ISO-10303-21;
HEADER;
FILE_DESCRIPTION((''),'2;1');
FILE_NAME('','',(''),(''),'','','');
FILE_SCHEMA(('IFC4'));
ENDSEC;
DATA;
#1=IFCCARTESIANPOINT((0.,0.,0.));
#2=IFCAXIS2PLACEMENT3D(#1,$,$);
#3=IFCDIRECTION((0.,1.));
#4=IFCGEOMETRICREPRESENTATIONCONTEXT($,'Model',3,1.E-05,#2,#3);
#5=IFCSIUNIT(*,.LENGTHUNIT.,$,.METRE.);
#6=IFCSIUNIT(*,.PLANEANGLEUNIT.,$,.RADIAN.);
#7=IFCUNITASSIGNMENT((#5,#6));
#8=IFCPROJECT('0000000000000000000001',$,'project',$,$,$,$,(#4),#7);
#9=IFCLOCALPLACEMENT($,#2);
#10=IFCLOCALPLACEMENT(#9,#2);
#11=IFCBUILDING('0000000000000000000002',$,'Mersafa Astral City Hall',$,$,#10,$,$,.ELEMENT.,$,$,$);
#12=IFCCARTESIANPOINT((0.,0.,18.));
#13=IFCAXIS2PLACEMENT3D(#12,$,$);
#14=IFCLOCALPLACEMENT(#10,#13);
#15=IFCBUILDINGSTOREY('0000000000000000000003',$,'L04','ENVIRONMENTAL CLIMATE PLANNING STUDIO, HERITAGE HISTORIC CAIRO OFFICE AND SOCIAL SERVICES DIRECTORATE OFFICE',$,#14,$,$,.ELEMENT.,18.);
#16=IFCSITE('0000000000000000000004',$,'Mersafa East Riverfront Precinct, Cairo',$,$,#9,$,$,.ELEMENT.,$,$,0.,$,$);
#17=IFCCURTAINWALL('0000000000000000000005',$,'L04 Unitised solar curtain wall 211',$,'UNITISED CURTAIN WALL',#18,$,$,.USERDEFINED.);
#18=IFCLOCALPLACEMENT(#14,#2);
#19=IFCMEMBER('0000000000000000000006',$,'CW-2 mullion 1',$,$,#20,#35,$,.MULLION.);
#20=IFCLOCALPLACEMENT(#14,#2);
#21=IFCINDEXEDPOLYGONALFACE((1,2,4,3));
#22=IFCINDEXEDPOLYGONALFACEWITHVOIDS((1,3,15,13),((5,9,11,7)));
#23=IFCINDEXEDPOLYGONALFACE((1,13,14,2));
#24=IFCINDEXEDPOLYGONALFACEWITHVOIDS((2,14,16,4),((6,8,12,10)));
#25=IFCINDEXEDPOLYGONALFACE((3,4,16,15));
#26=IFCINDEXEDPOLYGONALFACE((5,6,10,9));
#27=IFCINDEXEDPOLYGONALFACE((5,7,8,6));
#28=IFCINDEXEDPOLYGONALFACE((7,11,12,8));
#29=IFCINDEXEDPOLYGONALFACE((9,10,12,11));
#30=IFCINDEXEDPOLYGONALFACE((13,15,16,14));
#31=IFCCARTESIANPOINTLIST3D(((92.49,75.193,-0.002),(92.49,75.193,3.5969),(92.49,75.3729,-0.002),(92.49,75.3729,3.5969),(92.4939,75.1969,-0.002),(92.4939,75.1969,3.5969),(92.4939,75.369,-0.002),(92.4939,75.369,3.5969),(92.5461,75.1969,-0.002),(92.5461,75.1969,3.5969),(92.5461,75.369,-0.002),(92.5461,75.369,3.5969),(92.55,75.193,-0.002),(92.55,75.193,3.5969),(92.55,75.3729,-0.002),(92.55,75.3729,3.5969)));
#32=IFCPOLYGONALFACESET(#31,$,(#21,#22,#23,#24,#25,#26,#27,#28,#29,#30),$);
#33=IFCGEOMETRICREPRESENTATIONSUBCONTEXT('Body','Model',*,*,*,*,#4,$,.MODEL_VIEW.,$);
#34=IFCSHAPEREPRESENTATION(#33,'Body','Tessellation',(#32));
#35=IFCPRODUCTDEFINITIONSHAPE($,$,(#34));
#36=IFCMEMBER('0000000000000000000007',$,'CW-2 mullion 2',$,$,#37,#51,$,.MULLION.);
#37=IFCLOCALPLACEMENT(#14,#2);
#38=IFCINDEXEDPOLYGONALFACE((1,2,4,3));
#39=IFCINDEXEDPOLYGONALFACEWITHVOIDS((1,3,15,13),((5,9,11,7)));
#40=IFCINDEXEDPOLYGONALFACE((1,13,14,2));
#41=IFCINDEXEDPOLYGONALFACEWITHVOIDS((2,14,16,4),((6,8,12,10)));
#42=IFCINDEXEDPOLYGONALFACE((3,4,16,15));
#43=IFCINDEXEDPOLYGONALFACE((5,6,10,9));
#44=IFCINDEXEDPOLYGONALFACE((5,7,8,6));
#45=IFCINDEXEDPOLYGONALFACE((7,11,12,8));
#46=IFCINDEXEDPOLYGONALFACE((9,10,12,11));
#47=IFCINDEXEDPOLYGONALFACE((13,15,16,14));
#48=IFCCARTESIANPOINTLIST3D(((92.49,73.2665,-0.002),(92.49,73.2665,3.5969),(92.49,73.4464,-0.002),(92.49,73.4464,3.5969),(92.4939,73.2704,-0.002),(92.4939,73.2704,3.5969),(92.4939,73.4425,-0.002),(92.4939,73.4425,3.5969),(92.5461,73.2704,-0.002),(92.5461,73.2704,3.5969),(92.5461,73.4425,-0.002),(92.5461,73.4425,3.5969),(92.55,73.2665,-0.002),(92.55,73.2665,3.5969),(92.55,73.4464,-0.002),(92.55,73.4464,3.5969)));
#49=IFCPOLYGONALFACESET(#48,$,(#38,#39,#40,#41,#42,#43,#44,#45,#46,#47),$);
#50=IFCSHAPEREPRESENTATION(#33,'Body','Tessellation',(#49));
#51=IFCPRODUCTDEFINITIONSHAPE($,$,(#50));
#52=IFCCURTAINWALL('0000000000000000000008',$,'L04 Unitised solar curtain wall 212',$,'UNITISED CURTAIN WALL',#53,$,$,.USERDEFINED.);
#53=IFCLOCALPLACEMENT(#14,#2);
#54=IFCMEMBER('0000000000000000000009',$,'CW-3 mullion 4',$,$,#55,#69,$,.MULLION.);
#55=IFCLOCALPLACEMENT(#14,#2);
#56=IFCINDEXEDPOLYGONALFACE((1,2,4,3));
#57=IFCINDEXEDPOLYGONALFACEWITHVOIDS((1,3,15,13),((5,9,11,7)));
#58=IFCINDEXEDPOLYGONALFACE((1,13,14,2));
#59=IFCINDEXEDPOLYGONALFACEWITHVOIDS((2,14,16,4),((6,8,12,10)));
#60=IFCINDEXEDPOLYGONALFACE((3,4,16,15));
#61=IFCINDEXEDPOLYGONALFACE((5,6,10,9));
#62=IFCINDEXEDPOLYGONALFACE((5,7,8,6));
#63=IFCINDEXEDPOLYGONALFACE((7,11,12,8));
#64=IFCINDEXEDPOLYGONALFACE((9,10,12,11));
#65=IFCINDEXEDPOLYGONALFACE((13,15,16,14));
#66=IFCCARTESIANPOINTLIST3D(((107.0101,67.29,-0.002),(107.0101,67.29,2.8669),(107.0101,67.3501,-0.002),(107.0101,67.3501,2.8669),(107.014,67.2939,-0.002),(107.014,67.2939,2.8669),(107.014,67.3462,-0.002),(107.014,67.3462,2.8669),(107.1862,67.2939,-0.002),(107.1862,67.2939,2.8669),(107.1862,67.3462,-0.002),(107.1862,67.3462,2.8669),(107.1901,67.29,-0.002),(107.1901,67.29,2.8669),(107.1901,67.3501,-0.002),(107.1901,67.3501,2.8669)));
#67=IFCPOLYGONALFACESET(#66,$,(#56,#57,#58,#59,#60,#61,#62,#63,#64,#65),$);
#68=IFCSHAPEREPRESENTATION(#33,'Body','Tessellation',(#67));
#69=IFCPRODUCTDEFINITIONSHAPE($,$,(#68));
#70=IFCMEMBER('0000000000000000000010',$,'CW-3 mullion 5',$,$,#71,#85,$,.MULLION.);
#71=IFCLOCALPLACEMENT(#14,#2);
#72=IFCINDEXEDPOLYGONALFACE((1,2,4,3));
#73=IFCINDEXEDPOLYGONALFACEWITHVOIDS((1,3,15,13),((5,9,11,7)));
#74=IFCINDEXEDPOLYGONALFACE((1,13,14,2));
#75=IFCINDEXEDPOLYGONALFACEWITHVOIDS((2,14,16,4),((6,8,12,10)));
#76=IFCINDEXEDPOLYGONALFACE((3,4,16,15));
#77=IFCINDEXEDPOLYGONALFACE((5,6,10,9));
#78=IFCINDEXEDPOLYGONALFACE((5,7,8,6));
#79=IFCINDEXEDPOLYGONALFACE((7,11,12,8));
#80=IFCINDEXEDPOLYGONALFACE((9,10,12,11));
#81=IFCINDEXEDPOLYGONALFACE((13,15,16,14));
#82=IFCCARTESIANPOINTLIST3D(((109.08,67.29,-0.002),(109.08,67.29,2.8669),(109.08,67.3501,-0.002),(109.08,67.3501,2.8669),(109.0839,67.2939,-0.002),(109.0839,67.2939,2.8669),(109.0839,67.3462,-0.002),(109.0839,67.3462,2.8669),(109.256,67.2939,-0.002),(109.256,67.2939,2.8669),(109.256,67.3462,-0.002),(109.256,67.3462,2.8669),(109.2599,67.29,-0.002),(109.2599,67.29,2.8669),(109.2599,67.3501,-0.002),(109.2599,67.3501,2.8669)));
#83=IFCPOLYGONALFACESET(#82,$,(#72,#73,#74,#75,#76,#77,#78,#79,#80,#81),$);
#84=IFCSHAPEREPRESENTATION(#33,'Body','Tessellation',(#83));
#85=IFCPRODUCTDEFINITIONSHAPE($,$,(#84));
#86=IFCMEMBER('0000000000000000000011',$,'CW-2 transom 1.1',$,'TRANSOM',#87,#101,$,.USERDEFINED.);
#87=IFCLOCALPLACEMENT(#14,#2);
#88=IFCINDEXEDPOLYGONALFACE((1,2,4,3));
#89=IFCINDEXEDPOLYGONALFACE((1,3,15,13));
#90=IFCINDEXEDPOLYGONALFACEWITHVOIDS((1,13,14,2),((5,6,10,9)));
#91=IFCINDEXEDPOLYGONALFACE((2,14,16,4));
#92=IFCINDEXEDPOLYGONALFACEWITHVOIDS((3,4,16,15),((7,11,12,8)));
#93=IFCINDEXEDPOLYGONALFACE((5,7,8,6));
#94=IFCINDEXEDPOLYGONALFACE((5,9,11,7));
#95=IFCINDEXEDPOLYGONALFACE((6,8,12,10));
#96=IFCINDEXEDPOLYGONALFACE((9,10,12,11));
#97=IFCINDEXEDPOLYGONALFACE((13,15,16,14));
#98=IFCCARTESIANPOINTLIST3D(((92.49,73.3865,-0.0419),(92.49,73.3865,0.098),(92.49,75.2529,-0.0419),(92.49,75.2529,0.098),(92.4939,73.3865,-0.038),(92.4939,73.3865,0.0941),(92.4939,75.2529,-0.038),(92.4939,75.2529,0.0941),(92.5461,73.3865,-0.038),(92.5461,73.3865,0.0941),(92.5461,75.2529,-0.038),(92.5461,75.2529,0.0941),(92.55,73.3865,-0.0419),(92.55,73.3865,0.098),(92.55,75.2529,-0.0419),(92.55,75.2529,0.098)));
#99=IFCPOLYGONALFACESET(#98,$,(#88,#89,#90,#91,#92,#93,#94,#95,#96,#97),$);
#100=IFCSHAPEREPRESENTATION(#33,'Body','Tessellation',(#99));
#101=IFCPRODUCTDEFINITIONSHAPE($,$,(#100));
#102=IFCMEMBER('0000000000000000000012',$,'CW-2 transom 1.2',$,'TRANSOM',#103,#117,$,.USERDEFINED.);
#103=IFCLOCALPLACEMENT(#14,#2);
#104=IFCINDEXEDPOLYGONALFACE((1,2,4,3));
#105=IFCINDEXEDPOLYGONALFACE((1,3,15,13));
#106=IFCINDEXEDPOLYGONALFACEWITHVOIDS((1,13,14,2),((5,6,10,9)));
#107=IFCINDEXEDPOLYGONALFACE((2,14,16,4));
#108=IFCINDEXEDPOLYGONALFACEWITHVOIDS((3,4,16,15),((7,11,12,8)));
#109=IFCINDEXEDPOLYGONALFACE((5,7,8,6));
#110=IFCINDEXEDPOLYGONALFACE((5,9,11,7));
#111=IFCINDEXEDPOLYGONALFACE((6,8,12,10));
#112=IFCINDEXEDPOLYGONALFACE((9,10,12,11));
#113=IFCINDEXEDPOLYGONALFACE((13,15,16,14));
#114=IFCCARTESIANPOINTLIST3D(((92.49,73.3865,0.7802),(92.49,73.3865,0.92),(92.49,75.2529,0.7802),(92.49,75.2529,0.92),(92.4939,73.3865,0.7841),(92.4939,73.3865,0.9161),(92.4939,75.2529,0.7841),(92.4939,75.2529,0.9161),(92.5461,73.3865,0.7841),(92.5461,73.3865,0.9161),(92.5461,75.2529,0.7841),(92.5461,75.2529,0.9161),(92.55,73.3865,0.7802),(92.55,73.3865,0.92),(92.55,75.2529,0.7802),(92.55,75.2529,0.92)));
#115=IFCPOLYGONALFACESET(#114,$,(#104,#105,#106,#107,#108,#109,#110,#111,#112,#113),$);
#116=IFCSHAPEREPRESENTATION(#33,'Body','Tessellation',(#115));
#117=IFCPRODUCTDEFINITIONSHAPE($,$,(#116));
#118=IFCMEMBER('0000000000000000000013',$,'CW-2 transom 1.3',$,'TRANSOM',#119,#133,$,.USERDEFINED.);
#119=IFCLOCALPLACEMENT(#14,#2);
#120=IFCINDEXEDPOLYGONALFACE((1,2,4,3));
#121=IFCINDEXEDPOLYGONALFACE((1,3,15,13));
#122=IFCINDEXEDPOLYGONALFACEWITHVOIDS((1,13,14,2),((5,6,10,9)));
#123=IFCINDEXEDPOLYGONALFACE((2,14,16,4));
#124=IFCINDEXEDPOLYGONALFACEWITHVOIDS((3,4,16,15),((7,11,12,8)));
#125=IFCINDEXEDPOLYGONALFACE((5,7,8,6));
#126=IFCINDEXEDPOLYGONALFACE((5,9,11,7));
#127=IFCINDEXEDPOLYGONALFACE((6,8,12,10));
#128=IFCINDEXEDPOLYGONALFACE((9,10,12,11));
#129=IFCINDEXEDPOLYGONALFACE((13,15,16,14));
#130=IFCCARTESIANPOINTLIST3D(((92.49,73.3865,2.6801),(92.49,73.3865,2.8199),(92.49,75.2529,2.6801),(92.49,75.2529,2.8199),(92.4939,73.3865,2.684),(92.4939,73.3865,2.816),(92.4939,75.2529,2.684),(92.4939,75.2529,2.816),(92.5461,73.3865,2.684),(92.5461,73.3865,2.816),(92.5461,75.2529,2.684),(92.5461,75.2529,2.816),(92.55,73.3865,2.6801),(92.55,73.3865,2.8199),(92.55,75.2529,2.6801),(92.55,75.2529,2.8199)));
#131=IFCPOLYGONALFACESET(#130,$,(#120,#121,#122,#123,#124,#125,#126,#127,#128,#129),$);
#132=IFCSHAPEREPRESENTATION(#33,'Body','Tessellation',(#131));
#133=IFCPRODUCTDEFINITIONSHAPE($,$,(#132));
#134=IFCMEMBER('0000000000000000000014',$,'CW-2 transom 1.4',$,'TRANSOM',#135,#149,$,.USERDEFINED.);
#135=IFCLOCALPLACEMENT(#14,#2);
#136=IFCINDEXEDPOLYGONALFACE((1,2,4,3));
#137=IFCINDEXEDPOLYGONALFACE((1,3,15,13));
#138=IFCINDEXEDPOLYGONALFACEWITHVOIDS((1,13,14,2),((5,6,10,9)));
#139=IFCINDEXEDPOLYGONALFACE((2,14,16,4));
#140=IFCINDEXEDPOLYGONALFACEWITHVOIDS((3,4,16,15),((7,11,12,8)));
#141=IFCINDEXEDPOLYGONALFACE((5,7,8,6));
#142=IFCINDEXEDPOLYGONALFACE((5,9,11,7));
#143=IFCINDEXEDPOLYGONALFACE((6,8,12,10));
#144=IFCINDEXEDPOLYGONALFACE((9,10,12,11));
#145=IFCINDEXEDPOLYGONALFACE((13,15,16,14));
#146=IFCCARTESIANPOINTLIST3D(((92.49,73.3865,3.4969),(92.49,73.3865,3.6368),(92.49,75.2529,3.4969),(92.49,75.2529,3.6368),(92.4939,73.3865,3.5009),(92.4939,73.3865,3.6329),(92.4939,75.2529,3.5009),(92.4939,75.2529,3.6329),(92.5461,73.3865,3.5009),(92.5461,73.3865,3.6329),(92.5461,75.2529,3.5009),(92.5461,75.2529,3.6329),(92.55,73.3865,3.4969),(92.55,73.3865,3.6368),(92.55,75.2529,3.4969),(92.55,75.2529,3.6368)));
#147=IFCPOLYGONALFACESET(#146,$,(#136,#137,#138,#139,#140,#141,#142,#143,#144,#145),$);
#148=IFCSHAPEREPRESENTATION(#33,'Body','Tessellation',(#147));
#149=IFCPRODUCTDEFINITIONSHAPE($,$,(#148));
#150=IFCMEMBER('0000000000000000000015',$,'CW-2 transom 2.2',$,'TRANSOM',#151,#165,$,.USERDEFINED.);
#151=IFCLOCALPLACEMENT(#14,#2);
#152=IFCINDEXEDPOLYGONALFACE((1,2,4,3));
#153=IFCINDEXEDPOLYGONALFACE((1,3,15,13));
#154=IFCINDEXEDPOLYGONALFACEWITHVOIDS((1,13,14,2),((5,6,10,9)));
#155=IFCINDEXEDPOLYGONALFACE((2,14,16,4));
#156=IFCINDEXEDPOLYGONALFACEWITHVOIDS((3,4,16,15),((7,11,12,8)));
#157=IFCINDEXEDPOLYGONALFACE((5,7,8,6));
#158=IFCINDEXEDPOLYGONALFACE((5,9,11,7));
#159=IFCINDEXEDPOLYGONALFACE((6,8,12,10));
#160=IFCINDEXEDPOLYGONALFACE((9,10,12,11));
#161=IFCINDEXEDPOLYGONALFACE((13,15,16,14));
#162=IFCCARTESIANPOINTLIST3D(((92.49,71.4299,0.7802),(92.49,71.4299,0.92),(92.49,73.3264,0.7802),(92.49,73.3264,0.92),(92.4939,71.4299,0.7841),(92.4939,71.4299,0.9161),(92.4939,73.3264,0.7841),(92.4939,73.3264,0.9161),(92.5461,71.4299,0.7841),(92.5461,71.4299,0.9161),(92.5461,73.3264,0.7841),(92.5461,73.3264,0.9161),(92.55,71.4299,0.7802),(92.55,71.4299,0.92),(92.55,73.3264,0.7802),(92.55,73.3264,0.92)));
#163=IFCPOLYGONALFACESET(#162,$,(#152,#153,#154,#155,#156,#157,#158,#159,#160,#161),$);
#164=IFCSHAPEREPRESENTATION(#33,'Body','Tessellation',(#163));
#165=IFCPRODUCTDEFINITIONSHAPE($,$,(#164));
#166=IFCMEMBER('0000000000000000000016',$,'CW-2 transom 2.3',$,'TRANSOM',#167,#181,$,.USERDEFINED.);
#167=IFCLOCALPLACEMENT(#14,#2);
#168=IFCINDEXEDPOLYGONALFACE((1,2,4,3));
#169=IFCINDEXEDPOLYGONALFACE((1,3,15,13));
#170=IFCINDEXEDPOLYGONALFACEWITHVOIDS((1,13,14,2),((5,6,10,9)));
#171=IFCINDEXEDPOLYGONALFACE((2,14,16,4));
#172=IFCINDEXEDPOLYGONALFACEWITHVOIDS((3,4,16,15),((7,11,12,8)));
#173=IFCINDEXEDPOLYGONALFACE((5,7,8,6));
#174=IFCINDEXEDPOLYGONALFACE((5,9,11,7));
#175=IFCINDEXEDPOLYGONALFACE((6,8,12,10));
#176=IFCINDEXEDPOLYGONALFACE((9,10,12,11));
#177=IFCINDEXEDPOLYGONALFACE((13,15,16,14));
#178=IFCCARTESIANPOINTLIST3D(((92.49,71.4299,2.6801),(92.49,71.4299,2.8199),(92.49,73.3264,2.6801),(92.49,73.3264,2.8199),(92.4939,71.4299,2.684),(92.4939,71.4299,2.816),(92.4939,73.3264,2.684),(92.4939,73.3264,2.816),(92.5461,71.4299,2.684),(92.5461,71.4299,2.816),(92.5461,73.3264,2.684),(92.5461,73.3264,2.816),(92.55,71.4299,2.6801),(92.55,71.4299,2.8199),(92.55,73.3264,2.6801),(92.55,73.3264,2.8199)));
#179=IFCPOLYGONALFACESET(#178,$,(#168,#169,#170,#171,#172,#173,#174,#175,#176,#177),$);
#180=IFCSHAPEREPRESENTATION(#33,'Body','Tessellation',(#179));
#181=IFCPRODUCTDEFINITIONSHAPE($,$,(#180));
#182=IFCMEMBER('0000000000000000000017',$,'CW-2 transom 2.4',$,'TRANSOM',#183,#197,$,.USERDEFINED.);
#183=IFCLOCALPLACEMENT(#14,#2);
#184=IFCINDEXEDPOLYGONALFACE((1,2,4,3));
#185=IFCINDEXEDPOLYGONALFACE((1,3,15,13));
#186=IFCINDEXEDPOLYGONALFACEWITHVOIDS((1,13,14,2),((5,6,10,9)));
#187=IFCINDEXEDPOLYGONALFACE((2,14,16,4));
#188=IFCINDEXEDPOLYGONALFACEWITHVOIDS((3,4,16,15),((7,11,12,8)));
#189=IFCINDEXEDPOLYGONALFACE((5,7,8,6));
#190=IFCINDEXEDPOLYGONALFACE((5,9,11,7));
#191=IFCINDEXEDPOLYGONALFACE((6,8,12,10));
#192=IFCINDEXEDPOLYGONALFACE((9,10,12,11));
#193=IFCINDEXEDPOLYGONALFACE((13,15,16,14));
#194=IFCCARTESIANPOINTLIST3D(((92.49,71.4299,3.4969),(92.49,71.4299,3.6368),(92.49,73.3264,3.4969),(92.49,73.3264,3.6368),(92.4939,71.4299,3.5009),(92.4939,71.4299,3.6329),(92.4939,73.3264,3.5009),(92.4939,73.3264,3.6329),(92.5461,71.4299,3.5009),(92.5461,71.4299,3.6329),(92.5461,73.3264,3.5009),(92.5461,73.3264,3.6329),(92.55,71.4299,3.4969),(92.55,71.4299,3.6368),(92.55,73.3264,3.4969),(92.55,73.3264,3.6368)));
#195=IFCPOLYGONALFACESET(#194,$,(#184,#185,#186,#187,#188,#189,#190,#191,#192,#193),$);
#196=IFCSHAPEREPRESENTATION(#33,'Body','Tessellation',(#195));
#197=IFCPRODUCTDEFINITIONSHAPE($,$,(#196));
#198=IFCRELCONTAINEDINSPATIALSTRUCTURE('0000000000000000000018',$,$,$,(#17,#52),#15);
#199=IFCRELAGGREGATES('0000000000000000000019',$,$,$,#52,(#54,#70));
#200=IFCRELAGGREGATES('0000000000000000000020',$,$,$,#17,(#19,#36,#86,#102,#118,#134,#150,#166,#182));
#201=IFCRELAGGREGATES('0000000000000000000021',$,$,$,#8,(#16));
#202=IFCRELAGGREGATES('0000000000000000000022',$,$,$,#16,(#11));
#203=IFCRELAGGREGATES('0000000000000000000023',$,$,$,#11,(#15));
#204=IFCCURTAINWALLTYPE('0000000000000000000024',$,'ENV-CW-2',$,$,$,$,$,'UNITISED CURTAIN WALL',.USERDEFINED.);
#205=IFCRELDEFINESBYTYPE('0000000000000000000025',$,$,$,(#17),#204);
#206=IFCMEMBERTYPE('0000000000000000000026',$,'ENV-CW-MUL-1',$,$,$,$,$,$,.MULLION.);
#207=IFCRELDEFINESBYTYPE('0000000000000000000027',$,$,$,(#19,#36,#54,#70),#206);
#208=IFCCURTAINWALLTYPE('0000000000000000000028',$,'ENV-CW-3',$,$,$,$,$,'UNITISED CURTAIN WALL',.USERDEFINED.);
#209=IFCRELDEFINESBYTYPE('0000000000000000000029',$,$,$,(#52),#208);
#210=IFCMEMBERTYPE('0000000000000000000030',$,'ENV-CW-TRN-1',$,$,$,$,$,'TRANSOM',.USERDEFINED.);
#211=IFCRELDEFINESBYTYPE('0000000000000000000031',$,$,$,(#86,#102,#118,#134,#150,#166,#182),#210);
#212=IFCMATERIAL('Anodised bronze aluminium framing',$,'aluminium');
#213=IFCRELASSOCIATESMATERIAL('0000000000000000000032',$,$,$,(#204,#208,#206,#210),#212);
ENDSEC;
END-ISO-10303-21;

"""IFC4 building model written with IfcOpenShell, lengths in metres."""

from ifc_helpers import new_model, si_unit, direction, frame, origin, origin_2d, place, context, subcontext, project, spatial, hollow_rectangle, extrude, material, material_profile, profile_set, type_object, element, aggregate, save


model = new_model("IFC4")

# Units and contexts
model_context = context("Model", 3, precision=1e-05, world=origin(), true_north=direction((0.0, 1.0)))
body_context = subcontext(model_context, "Body", "Model", "MODEL_VIEW")
ifc_project = project(units=[si_unit("LENGTHUNIT", "METRE"), si_unit("PLANEANGLEUNIT", "RADIAN")], contexts=[model_context])

# Site, building, storey
site_placement = place(None, origin())
site = spatial("IfcSite", under=ifc_project, at=site_placement, Name="Mersafa East Riverfront Precinct, Cairo", CompositionType="ELEMENT", RefElevation=0.0)
building_placement = place(site_placement, origin())
building = spatial("IfcBuilding", under=site, at=building_placement, Name="Mersafa Astral City Hall", CompositionType="ELEMENT")
storey_placement = place(building_placement, frame((0.0, 0.0, 18.0)))
storey = spatial("IfcBuildingStorey", under=building, at=storey_placement, Name="L04", Description="ENVIRONMENTAL CLIMATE PLANNING STUDIO, HERITAGE HISTORIC CAIRO OFFICE AND SOCIAL SERVICES DIRECTORATE OFFICE", CompositionType="ELEMENT", Elevation=18.0)

# Curtain walls, members
ifc_material_1 = material(Name="Anodised bronze aluminium framing", Category="aluminium")
curtain_wall_type_1 = type_object("IfcCurtainWallType", Name="ENV-CW-2", ElementType="UNITISED CURTAIN WALL", PredefinedType="USERDEFINED", material=ifc_material_1)
curtain_wall_1_placement = place(storey_placement, origin())
curtain_wall_1 = element("IfcCurtainWall", 1, at=curtain_wall_1_placement, inside=storey, type_object=curtain_wall_type_1, Name="L04 Unitised solar curtain wall 211", ObjectType="UNITISED CURTAIN WALL", PredefinedType="USERDEFINED")
ifc_material_profile_1 = material_profile(ifc_material_1, hollow_rectangle(XDim=0.0601, YDim=0.1799, WallThickness=0.0039, at=origin_2d()), Name="RHS 60x180x4")
ifc_profile_set_1 = profile_set([ifc_material_profile_1], Name="Anodised bronze aluminium framing")
member_type_1 = type_object("IfcMemberType", Name="ENV-CW-MUL-1", PredefinedType="MULLION", material=ifc_profile_set_1)
member_1_placement = place(storey_placement, frame((92.52, 75.283, -0.002), z_axis=(0.0, 0.0, 1.0), x_axis=(1.0, 0.0, 0.0)))
member_1 = element("IfcMember", 2, at=member_1_placement, type_object=member_type_1, Name="CW-2 mullion 1", PredefinedType="MULLION", context=body_context, shape_type="SweptSolid", body=[
    extrude(hollow_rectangle(XDim=0.0601, YDim=0.1799, WallThickness=0.0039, at=origin_2d()), origin(), (0.0, 0.0, 1.0), 3.5989),
])
member_2_placement = place(storey_placement, frame((92.52, 73.3564, -0.002), z_axis=(0.0, 0.0, 1.0), x_axis=(1.0, 0.0, 0.0)))
member_2 = element("IfcMember", 3, at=member_2_placement, type_object=member_type_1, Name="CW-2 mullion 2", PredefinedType="MULLION", context=body_context, shape_type="SweptSolid", body=[
    extrude(hollow_rectangle(XDim=0.0601, YDim=0.1799, WallThickness=0.0039, at=origin_2d()), origin(), (0.0, 0.0, 1.0), 3.5989),
])
curtain_wall_type_2 = type_object("IfcCurtainWallType", Name="ENV-CW-3", ElementType="UNITISED CURTAIN WALL", PredefinedType="USERDEFINED", material=ifc_material_1)
curtain_wall_2_placement = place(storey_placement, origin())
curtain_wall_2 = element("IfcCurtainWall", 4, at=curtain_wall_2_placement, inside=storey, type_object=curtain_wall_type_2, Name="L04 Unitised solar curtain wall 212", ObjectType="UNITISED CURTAIN WALL", PredefinedType="USERDEFINED")
member_3_placement = place(storey_placement, frame((107.1001, 67.3201, -0.002), z_axis=(0.0, 0.0, 1.0), x_axis=(0.0, 1.0, 0.0)))
member_3 = element("IfcMember", 5, at=member_3_placement, type_object=member_type_1, Name="CW-3 mullion 4", PredefinedType="MULLION", context=body_context, shape_type="SweptSolid", body=[
    extrude(hollow_rectangle(XDim=0.0601, YDim=0.1799, WallThickness=0.0039, at=origin_2d()), origin(), (0.0, 0.0, 1.0), 2.8689),
])
member_4_placement = place(storey_placement, frame((109.1699, 67.3201, -0.002), z_axis=(0.0, 0.0, 1.0), x_axis=(0.0, 1.0, 0.0)))
member_4 = element("IfcMember", 6, at=member_4_placement, type_object=member_type_1, Name="CW-3 mullion 5", PredefinedType="MULLION", context=body_context, shape_type="SweptSolid", body=[
    extrude(hollow_rectangle(XDim=0.0601, YDim=0.1799, WallThickness=0.0039, at=origin_2d()), origin(), (0.0, 0.0, 1.0), 2.8689),
])

# Members
ifc_material_profile_2 = material_profile(ifc_material_1, hollow_rectangle(XDim=0.0601, YDim=0.1399, WallThickness=0.0039, at=origin_2d()), Name="RHS 60x140x4")
ifc_profile_set_2 = profile_set([ifc_material_profile_2], Name="Anodised bronze aluminium framing")
member_type_2 = type_object("IfcMemberType", Name="ENV-CW-TRN-1", ElementType="TRANSOM", PredefinedType="USERDEFINED", material=ifc_profile_set_2)
member_5_placement = place(storey_placement, frame((92.52, 75.2529, 0.0281), z_axis=(0.0, -1.0, 0.0), x_axis=(1.0, 0.0, 0.0)))
member_5 = element("IfcMember", 7, at=member_5_placement, type_object=member_type_2, Name="CW-2 transom 1.1", ObjectType="TRANSOM", PredefinedType="USERDEFINED", context=body_context, shape_type="SweptSolid", body=[
    extrude(hollow_rectangle(XDim=0.0601, YDim=0.1399, WallThickness=0.0039, at=origin_2d()), origin(), (0.0, 0.0, 1.0), 1.8665),
])
member_6_placement = place(storey_placement, frame((92.52, 75.2529, 0.8501), z_axis=(0.0, -1.0, 0.0), x_axis=(1.0, 0.0, 0.0)))
member_6 = element("IfcMember", 8, at=member_6_placement, type_object=member_type_2, Name="CW-2 transom 1.2", ObjectType="TRANSOM", PredefinedType="USERDEFINED", context=body_context, shape_type="SweptSolid", body=[
    extrude(hollow_rectangle(XDim=0.0601, YDim=0.1399, WallThickness=0.0039, at=origin_2d()), origin(), (0.0, 0.0, 1.0), 1.8665),
])
member_7_placement = place(storey_placement, frame((92.52, 75.2529, 2.75), z_axis=(0.0, -1.0, 0.0), x_axis=(1.0, 0.0, 0.0)))
member_7 = element("IfcMember", 9, at=member_7_placement, type_object=member_type_2, Name="CW-2 transom 1.3", ObjectType="TRANSOM", PredefinedType="USERDEFINED", context=body_context, shape_type="SweptSolid", body=[
    extrude(hollow_rectangle(XDim=0.0601, YDim=0.1399, WallThickness=0.0039, at=origin_2d()), origin(), (0.0, 0.0, 1.0), 1.8665),
])
member_8_placement = place(storey_placement, frame((92.52, 75.2529, 3.5669), z_axis=(0.0, -1.0, 0.0), x_axis=(1.0, 0.0, 0.0)))
member_8 = element("IfcMember", 10, at=member_8_placement, type_object=member_type_2, Name="CW-2 transom 1.4", ObjectType="TRANSOM", PredefinedType="USERDEFINED", context=body_context, shape_type="SweptSolid", body=[
    extrude(hollow_rectangle(XDim=0.0601, YDim=0.1399, WallThickness=0.0039, at=origin_2d()), origin(), (0.0, 0.0, 1.0), 1.8665),
])
member_9_placement = place(storey_placement, frame((92.52, 73.3264, 0.8501), z_axis=(0.0, -1.0, 0.0), x_axis=(1.0, 0.0, 0.0)))
member_9 = element("IfcMember", 11, at=member_9_placement, type_object=member_type_2, Name="CW-2 transom 2.2", ObjectType="TRANSOM", PredefinedType="USERDEFINED", context=body_context, shape_type="SweptSolid", body=[
    extrude(hollow_rectangle(XDim=0.0601, YDim=0.1399, WallThickness=0.0039, at=origin_2d()), origin(), (0.0, 0.0, 1.0), 1.8965),
])
member_10_placement = place(storey_placement, frame((92.52, 73.3264, 2.75), z_axis=(0.0, -1.0, 0.0), x_axis=(1.0, 0.0, 0.0)))
member_10 = element("IfcMember", 12, at=member_10_placement, type_object=member_type_2, Name="CW-2 transom 2.3", ObjectType="TRANSOM", PredefinedType="USERDEFINED", context=body_context, shape_type="SweptSolid", body=[
    extrude(hollow_rectangle(XDim=0.0601, YDim=0.1399, WallThickness=0.0039, at=origin_2d()), origin(), (0.0, 0.0, 1.0), 1.8965),
])
member_11_placement = place(storey_placement, frame((92.52, 73.3264, 3.5669), z_axis=(0.0, -1.0, 0.0), x_axis=(1.0, 0.0, 0.0)))
member_11 = element("IfcMember", 13, at=member_11_placement, type_object=member_type_2, Name="CW-2 transom 2.4", ObjectType="TRANSOM", PredefinedType="USERDEFINED", context=body_context, shape_type="SweptSolid", body=[
    extrude(hollow_rectangle(XDim=0.0601, YDim=0.1399, WallThickness=0.0039, at=origin_2d()), origin(), (0.0, 0.0, 1.0), 1.8965),
])

aggregate(curtain_wall_2, [member_3, member_4])
aggregate(curtain_wall_1, [member_1, member_2, member_5, member_6, member_7, member_8, member_9, member_10, member_11])

save(model, "model.ifc")
